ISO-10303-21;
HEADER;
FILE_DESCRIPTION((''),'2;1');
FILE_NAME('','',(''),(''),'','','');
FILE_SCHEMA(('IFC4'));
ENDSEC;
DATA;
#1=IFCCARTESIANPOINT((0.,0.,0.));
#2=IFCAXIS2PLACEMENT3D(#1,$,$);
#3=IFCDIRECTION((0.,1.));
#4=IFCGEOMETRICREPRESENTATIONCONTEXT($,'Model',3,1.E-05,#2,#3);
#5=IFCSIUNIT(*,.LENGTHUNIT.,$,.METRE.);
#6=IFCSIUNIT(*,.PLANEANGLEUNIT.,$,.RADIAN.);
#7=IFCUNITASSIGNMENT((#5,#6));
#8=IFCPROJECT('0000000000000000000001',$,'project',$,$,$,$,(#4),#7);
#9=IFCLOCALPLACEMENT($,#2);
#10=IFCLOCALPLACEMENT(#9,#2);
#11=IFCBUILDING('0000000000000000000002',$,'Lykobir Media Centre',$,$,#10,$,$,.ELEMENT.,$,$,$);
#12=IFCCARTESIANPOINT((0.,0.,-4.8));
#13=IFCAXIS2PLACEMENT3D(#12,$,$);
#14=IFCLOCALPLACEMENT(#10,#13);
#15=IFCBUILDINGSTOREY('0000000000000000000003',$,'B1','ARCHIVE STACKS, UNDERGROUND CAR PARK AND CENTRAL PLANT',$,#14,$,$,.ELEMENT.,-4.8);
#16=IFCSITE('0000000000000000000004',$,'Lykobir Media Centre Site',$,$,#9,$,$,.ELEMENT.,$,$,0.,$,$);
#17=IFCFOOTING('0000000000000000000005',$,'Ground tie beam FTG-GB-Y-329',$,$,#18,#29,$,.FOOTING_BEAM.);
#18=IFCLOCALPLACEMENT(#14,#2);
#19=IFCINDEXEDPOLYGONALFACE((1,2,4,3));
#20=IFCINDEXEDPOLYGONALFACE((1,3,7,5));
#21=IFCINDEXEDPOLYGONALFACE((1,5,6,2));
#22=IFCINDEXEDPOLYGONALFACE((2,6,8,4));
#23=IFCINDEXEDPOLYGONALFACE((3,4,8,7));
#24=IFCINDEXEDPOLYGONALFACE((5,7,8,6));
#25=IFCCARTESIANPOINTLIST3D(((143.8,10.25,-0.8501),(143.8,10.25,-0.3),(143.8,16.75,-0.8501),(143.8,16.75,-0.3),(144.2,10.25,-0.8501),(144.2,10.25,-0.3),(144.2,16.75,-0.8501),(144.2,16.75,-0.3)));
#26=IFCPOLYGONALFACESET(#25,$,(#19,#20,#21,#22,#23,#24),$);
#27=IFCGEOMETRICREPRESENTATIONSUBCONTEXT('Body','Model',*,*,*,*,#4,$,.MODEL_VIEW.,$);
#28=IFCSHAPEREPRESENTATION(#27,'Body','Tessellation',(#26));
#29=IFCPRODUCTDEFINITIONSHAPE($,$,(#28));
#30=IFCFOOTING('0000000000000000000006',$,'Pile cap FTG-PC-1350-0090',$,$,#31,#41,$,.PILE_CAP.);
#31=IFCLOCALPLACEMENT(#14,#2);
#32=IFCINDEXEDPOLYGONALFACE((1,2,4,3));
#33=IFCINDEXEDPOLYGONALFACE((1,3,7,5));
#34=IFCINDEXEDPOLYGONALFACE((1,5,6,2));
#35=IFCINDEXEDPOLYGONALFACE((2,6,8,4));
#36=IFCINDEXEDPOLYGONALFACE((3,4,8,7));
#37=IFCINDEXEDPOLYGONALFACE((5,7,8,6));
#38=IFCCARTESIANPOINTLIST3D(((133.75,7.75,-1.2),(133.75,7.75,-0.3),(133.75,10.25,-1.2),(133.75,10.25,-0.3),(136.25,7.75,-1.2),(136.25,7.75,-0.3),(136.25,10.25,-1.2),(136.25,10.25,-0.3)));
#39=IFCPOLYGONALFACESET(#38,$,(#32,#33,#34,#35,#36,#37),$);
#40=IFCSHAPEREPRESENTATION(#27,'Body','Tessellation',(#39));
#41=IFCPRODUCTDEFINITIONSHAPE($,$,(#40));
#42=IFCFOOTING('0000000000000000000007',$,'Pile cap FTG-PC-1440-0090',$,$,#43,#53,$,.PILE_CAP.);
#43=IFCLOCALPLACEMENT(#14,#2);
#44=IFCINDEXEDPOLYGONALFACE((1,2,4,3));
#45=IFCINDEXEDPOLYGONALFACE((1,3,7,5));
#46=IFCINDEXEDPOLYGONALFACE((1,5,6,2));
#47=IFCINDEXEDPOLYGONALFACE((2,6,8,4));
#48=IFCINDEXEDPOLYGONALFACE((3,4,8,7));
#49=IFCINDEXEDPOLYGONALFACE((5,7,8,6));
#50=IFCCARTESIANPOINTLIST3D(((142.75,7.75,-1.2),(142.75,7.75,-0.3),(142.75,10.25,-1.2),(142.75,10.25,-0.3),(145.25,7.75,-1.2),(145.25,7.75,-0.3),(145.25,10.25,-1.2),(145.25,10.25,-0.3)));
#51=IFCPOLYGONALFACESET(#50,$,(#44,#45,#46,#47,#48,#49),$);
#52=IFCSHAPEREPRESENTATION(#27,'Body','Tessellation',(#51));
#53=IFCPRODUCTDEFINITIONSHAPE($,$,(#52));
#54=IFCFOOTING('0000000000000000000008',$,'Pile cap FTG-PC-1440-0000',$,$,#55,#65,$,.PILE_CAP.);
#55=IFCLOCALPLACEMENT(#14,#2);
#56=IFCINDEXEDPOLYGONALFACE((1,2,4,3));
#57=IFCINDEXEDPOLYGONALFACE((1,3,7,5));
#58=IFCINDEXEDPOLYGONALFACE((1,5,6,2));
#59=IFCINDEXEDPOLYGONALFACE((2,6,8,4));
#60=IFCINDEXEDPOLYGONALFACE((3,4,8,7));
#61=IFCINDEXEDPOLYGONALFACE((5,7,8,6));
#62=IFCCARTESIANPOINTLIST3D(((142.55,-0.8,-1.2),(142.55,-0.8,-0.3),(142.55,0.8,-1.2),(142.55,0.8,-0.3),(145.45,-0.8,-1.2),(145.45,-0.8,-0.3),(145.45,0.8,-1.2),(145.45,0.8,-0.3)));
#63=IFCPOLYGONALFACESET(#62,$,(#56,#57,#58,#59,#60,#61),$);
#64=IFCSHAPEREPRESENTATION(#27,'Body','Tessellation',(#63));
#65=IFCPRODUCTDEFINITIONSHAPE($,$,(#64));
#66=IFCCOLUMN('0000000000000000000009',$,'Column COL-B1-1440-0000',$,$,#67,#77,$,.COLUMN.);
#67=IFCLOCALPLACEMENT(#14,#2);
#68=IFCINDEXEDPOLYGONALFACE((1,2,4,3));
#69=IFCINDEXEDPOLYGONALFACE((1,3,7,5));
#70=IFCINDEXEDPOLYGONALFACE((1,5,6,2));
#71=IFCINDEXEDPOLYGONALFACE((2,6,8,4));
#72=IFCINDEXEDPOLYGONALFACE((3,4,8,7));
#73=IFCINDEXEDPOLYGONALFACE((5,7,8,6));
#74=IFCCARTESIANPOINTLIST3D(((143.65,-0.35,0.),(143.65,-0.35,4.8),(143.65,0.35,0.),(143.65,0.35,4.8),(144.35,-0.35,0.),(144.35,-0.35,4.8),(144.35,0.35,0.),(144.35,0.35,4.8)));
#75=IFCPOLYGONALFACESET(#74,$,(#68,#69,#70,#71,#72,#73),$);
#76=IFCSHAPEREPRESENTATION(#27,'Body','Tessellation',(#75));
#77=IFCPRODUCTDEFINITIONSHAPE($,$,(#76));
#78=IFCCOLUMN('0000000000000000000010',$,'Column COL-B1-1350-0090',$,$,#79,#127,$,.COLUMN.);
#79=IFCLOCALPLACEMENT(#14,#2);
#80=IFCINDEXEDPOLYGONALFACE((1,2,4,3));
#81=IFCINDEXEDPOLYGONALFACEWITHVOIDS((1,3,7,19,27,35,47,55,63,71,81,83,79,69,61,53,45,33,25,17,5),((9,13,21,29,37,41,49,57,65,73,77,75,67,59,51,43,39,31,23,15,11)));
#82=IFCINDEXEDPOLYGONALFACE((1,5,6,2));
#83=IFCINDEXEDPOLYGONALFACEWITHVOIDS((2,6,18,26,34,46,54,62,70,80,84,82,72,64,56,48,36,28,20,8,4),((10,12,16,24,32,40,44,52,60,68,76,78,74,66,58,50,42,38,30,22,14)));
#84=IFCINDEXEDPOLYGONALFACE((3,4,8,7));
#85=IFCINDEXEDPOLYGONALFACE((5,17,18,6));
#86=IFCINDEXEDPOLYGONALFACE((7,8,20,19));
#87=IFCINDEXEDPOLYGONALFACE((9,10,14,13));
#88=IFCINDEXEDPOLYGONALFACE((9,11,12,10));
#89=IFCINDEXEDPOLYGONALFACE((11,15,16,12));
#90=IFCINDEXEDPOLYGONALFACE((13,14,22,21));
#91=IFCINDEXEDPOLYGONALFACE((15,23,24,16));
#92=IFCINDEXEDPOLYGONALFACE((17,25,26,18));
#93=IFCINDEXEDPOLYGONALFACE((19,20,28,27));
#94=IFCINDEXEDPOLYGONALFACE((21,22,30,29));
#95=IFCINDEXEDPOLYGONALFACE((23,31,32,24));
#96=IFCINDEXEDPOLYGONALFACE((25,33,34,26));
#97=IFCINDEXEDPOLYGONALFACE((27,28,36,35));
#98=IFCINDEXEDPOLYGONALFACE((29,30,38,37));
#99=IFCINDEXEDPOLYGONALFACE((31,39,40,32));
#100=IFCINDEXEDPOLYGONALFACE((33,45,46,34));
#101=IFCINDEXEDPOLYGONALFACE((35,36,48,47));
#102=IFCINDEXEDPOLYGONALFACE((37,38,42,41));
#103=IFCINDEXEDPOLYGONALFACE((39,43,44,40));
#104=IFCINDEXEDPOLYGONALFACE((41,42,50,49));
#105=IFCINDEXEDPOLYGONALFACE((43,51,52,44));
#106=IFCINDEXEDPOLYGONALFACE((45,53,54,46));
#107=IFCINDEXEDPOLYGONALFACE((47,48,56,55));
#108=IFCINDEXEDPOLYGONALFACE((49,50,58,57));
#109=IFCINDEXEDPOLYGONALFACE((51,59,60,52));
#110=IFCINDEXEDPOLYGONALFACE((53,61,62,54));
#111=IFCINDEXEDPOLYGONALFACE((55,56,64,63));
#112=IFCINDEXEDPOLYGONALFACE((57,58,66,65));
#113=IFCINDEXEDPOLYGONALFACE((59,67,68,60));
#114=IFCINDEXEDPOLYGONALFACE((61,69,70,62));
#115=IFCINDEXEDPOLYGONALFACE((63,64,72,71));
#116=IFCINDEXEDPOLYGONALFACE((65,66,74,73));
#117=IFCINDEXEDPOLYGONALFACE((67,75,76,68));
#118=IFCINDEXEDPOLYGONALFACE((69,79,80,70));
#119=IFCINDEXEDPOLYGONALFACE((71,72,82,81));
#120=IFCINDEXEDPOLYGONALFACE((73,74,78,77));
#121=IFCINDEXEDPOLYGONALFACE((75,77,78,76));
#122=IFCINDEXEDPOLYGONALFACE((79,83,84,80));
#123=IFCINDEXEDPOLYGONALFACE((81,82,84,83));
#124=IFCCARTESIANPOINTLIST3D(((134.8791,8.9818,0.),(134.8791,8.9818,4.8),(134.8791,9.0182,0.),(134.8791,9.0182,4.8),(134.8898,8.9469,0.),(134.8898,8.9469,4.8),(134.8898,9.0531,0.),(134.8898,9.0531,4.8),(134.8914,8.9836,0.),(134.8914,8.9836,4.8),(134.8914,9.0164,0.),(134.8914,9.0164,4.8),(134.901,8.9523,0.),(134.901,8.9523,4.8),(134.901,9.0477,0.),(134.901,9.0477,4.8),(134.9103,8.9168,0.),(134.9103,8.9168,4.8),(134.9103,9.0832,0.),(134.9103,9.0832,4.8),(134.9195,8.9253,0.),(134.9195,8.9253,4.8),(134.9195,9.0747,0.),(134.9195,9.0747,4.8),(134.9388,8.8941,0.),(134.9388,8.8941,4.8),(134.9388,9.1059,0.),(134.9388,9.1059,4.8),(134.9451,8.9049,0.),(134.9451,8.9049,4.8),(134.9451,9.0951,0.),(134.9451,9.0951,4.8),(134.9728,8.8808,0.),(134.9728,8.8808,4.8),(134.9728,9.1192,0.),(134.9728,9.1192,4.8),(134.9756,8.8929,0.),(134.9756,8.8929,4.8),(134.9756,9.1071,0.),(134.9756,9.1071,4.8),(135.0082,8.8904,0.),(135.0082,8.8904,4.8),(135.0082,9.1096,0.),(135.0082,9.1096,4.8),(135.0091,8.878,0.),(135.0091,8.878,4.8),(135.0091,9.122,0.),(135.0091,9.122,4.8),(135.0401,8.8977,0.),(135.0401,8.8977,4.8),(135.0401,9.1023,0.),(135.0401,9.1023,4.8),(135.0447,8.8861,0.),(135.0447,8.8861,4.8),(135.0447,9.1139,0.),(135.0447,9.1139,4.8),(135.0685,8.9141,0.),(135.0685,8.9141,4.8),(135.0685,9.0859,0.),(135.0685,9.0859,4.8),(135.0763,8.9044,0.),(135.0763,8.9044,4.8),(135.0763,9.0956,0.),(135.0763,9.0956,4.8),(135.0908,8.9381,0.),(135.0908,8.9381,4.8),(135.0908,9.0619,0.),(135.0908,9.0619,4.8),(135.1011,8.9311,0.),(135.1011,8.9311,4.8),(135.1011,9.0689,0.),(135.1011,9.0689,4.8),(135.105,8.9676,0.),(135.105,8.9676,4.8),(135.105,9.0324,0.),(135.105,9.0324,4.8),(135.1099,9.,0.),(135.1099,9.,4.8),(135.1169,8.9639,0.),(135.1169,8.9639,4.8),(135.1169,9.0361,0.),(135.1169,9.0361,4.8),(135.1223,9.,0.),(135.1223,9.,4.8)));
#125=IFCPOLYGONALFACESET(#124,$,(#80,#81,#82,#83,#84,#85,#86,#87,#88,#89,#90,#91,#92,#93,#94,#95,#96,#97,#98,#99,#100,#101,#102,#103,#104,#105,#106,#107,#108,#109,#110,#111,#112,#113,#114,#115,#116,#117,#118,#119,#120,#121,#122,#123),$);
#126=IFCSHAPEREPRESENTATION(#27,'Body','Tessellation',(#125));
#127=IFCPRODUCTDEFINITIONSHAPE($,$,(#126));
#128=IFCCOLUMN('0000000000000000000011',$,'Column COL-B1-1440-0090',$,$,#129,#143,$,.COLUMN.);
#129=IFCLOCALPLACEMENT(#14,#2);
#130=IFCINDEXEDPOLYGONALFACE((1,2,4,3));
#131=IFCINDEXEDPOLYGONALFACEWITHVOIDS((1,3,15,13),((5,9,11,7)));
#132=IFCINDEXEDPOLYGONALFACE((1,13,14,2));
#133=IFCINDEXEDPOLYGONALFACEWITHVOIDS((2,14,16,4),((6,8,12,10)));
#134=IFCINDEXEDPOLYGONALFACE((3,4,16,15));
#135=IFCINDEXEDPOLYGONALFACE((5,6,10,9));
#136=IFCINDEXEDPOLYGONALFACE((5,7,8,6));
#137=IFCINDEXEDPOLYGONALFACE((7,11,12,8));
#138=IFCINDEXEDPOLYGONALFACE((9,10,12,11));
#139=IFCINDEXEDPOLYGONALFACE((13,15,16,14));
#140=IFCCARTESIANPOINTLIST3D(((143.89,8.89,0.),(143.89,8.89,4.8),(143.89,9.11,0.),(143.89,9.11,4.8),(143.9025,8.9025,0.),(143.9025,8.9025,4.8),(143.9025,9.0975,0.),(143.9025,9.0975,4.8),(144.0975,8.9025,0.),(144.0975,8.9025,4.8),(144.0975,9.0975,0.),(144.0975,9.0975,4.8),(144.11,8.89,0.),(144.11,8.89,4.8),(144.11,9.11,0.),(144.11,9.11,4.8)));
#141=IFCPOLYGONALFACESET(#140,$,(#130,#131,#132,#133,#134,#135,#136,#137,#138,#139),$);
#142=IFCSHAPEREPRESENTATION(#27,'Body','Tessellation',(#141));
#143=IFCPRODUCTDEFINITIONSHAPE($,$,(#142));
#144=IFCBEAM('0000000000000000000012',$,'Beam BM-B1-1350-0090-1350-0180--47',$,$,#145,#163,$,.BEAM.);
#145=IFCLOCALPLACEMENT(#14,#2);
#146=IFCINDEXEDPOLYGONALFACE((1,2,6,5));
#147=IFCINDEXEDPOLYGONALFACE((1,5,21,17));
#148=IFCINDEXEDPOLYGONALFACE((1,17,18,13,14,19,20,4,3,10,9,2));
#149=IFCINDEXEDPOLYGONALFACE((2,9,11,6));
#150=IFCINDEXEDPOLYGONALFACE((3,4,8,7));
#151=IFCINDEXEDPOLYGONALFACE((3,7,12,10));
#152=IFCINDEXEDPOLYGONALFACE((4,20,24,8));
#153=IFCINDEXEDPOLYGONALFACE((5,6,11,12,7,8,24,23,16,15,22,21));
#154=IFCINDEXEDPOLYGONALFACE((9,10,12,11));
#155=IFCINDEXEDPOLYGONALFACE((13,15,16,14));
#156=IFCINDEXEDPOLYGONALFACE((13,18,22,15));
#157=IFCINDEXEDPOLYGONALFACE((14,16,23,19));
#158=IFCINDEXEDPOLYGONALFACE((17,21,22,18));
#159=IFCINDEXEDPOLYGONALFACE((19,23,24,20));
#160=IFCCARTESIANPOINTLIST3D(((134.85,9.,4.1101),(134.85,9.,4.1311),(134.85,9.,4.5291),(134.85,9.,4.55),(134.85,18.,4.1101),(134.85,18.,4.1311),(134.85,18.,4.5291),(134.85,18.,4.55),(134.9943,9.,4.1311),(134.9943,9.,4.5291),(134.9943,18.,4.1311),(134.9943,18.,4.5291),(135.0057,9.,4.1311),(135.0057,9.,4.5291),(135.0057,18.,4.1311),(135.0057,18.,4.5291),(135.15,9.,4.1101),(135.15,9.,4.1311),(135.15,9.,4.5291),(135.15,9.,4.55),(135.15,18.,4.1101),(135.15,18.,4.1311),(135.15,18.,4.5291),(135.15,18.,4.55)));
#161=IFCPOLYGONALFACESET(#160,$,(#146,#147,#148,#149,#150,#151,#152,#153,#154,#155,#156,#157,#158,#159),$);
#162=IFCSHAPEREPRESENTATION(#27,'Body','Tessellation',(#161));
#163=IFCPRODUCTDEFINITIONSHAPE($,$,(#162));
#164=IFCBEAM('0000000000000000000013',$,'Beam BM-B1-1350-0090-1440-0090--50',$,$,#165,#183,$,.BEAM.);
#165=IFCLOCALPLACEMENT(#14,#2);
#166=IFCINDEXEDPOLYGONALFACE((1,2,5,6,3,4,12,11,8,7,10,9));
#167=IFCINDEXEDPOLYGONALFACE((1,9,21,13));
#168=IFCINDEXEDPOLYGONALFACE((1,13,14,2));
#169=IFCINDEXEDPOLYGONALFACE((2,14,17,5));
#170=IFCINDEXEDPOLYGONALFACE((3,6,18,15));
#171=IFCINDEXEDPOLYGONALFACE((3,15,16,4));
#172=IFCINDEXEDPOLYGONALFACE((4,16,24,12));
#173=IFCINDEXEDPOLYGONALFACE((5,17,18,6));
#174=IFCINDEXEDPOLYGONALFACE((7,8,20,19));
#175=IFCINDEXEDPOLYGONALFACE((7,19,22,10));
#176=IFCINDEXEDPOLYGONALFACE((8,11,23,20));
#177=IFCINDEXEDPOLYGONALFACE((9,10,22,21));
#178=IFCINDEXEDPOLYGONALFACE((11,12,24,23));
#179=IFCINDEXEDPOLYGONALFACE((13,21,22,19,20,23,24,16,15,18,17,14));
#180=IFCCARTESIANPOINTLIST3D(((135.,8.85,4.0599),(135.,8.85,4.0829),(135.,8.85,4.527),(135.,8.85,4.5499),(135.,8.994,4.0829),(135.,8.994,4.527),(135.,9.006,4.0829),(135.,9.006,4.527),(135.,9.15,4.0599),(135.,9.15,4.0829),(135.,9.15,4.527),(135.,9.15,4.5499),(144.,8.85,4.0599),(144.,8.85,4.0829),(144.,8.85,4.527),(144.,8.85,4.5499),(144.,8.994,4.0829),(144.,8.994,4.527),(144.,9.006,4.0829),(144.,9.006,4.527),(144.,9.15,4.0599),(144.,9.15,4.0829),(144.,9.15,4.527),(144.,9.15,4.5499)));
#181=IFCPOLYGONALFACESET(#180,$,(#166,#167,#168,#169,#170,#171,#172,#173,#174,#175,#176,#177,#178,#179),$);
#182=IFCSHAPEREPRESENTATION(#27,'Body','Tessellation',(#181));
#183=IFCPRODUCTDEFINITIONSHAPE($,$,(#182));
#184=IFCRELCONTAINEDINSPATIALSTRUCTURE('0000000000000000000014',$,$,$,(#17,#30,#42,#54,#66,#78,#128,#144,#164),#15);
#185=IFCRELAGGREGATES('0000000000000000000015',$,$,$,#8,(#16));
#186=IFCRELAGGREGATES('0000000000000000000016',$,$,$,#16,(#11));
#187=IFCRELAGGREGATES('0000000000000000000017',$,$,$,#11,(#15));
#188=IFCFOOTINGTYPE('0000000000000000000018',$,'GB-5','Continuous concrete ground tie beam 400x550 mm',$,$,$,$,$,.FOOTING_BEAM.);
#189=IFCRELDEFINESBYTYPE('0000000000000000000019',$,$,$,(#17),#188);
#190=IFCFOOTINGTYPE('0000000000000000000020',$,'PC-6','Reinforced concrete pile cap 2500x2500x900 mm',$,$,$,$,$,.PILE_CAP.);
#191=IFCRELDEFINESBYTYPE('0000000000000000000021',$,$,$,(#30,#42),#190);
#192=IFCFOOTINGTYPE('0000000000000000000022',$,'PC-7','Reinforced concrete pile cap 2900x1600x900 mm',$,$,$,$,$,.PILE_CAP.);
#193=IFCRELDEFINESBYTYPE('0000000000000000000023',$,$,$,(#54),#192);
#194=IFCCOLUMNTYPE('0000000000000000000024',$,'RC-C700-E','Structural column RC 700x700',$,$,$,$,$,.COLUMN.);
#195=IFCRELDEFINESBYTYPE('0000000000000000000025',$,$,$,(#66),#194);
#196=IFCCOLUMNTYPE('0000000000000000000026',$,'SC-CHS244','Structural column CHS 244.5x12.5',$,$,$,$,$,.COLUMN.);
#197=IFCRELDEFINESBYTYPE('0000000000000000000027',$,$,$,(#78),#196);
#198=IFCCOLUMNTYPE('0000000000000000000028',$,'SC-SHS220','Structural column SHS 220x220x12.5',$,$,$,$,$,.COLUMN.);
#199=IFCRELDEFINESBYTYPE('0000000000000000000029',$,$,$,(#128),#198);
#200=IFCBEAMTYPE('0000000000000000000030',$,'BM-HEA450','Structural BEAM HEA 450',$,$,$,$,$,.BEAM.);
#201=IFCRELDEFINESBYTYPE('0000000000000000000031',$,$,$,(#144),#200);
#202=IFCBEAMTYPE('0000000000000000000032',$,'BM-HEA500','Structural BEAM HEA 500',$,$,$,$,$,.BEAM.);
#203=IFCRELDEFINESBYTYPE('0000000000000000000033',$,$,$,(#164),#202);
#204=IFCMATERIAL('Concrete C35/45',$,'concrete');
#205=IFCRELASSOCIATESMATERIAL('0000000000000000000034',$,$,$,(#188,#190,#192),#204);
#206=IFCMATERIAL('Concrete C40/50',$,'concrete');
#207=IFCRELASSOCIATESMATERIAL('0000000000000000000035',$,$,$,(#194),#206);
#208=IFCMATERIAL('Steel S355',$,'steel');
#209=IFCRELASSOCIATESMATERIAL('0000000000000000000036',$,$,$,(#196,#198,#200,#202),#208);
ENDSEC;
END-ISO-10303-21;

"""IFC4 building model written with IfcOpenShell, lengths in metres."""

from ifc_helpers import new_model, si_unit, direction, frame, origin, origin_2d, place, context, subcontext, project, spatial, rectangle, hollow_rectangle, hollow_circle, i_section, extrude, material, material_profile, profile_set, type_object, element, save


model = new_model("IFC4")

# Units and contexts
model_context = context("Model", 3, precision=1e-05, world=origin(), true_north=direction((0.0, 1.0)))
body_context = subcontext(model_context, "Body", "Model", "MODEL_VIEW")
ifc_project = project(units=[si_unit("LENGTHUNIT", "METRE"), si_unit("PLANEANGLEUNIT", "RADIAN")], contexts=[model_context])

# Site, building, storey
site_placement = place(None, origin())
site = spatial("IfcSite", under=ifc_project, at=site_placement, Name="Lykobir Media Centre Site", CompositionType="ELEMENT", RefElevation=0.0)
building_placement = place(site_placement, origin())
building = spatial("IfcBuilding", under=site, at=building_placement, Name="Lykobir Media Centre", CompositionType="ELEMENT")
storey_placement = place(building_placement, frame((0.0, 0.0, -4.8)))
storey = spatial("IfcBuildingStorey", under=building, at=storey_placement, Name="B1", Description="ARCHIVE STACKS, UNDERGROUND CAR PARK AND CENTRAL PLANT", CompositionType="ELEMENT", Elevation=-4.8)

# Footings
ifc_material_1 = material(Name="Concrete C35/45", Category="concrete")
footing_type_1 = type_object("IfcFootingType", Name="GB-5", Description="Continuous concrete ground tie beam 400x550 mm", PredefinedType="FOOTING_BEAM", material=ifc_material_1)
for number, where, z_axis, x_axis, name in (
    (1, (144.0, 13.5, -0.8501), (0.0, 0.0, 1.0), (0.0, 1.0, 0.0), "Ground tie beam FTG-GB-Y-329"),
):
    element("IfcFooting", number, at=place(storey_placement, frame(where, z_axis=z_axis, x_axis=x_axis)), inside=storey, type_object=footing_type_1, Name=name, PredefinedType="FOOTING_BEAM", context=body_context, shape_type="SweptSolid", body=[
        extrude(rectangle(XDim=6.5, YDim=0.3999, at=origin_2d()), origin(), (0.0, 0.0, 1.0), 0.55),
    ])
footing_type_2 = type_object("IfcFootingType", Name="PC-6", Description="Reinforced concrete pile cap 2500x2500x900 mm", PredefinedType="PILE_CAP", material=ifc_material_1)
for number, where, z_axis, x_axis, name in (
    (2, (135.0, 9.0, -1.2), (0.0, 0.0, 1.0), (1.0, 0.0, 0.0), "Pile cap FTG-PC-1350-0090"),
    (3, (144.0, 9.0, -1.2), (0.0, 0.0, 1.0), (1.0, 0.0, 0.0), "Pile cap FTG-PC-1440-0090"),
):
    element("IfcFooting", number, at=place(storey_placement, frame(where, z_axis=z_axis, x_axis=x_axis)), inside=storey, type_object=footing_type_2, Name=name, PredefinedType="PILE_CAP", context=body_context, shape_type="SweptSolid", body=[
        extrude(rectangle(XDim=2.5, YDim=2.5, at=origin_2d()), origin(), (0.0, 0.0, 1.0), 0.8999),
    ])
footing_type_3 = type_object("IfcFootingType", Name="PC-7", Description="Reinforced concrete pile cap 2900x1600x900 mm", PredefinedType="PILE_CAP", material=ifc_material_1)
footing_1_placement = place(storey_placement, frame((144.0, 0.0, -1.2), z_axis=(0.0, 0.0, 1.0), x_axis=(1.0, 0.0, 0.0)))
element("IfcFooting", 4, at=footing_1_placement, inside=storey, type_object=footing_type_3, Name="Pile cap FTG-PC-1440-0000", PredefinedType="PILE_CAP", context=body_context, shape_type="SweptSolid", body=[
    extrude(rectangle(XDim=2.8999, YDim=1.6001, at=origin_2d()), origin(), (0.0, 0.0, 1.0), 0.8999),
])

# Columns
ifc_material_2 = material(Name="Concrete C40/50", Category="concrete")
ifc_material_profile_1 = material_profile(ifc_material_2, rectangle(XDim=0.7, YDim=0.7, at=origin_2d()), Name="RC 700x700")
ifc_profile_set_1 = profile_set([ifc_material_profile_1], Name="Concrete C40/50")
column_type_1 = type_object("IfcColumnType", Name="RC-C700-E", Description="Structural column RC 700x700", PredefinedType="COLUMN", material=ifc_profile_set_1)
column_1_placement = place(storey_placement, frame((144.0, 0.0, 0.0), z_axis=(0.0, 0.0, 1.0), x_axis=(1.0, 0.0, 0.0)))
element("IfcColumn", 5, at=column_1_placement, inside=storey, type_object=column_type_1, Name="Column COL-B1-1440-0000", PredefinedType="COLUMN", context=body_context, shape_type="SweptSolid", body=[
    extrude(rectangle(XDim=0.7, YDim=0.7, at=origin_2d()), origin(), (0.0, 0.0, 1.0), 4.8),
])
ifc_material_3 = material(Name="Steel S355", Category="steel")
ifc_material_profile_2 = material_profile(ifc_material_3, hollow_circle(Radius=0.1223, WallThickness=0.0125, at=origin_2d()), Name="CHS 244.5x12.5")
ifc_profile_set_2 = profile_set([ifc_material_profile_2], Name="Steel S355")
column_type_2 = type_object("IfcColumnType", Name="SC-CHS244", Description="Structural column CHS 244.5x12.5", PredefinedType="COLUMN", material=ifc_profile_set_2)
column_2_placement = place(storey_placement, frame((135.0, 9.0, 0.0), z_axis=(0.0, 0.0, 1.0), x_axis=(1.0, 0.0, 0.0)))
element("IfcColumn", 6, at=column_2_placement, inside=storey, type_object=column_type_2, Name="Column COL-B1-1350-0090", PredefinedType="COLUMN", context=body_context, shape_type="SweptSolid", body=[
    extrude(hollow_circle(Radius=0.1223, WallThickness=0.0125, at=origin_2d()), origin(), (0.0, 0.0, 1.0), 4.8),
])
ifc_material_profile_3 = material_profile(ifc_material_3, hollow_rectangle(XDim=0.22, YDim=0.22, WallThickness=0.0125, at=origin_2d()), Name="SHS 220x220x12.5")
ifc_profile_set_3 = profile_set([ifc_material_profile_3], Name="Steel S355")
column_type_3 = type_object("IfcColumnType", Name="SC-SHS220", Description="Structural column SHS 220x220x12.5", PredefinedType="COLUMN", material=ifc_profile_set_3)
column_3_placement = place(storey_placement, frame((144.0, 9.0, 0.0), z_axis=(0.0, 0.0, 1.0), x_axis=(1.0, 0.0, 0.0)))
element("IfcColumn", 7, at=column_3_placement, inside=storey, type_object=column_type_3, Name="Column COL-B1-1440-0090", PredefinedType="COLUMN", context=body_context, shape_type="SweptSolid", body=[
    extrude(hollow_rectangle(XDim=0.22, YDim=0.22, WallThickness=0.0125, at=origin_2d()), origin(), (0.0, 0.0, 1.0), 4.8),
])

# Beams
ifc_material_profile_4 = material_profile(ifc_material_3, i_section(OverallWidth=0.3, OverallDepth=0.4399, WebThickness=0.0115, FlangeThickness=0.021, at=origin_2d()), Name="HEA 450")
ifc_profile_set_4 = profile_set([ifc_material_profile_4], Name="Steel S355")
beam_type_1 = type_object("IfcBeamType", Name="BM-HEA450", Description="Structural BEAM HEA 450", PredefinedType="BEAM", material=ifc_profile_set_4)
beam_1_placement = place(storey_placement, frame((135.0, 9.0, 4.3301), z_axis=(0.0, 1.0, 0.0), x_axis=(-1.0, 0.0, 0.0)))
element("IfcBeam", 8, at=beam_1_placement, inside=storey, type_object=beam_type_1, Name="Beam BM-B1-1350-0090-1350-0180--47", PredefinedType="BEAM", context=body_context, shape_type="SweptSolid", body=[
    extrude(i_section(OverallWidth=0.3, OverallDepth=0.4399, WebThickness=0.0115, FlangeThickness=0.021, at=origin_2d()), origin(), (0.0, 0.0, 1.0), 9.0),
])
ifc_material_profile_5 = material_profile(ifc_material_3, i_section(OverallWidth=0.3, OverallDepth=0.49, WebThickness=0.012, FlangeThickness=0.0229, at=origin_2d()), Name="HEA 500")
ifc_profile_set_5 = profile_set([ifc_material_profile_5], Name="Steel S355")
beam_type_2 = type_object("IfcBeamType", Name="BM-HEA500", Description="Structural BEAM HEA 500", PredefinedType="BEAM", material=ifc_profile_set_5)
beam_2_placement = place(storey_placement, frame((135.0, 9.0, 4.3049), z_axis=(1.0, 0.0, 0.0), x_axis=(0.0, 1.0, 0.0)))
element("IfcBeam", 9, at=beam_2_placement, inside=storey, type_object=beam_type_2, Name="Beam BM-B1-1350-0090-1440-0090--50", PredefinedType="BEAM", context=body_context, shape_type="SweptSolid", body=[
    extrude(i_section(OverallWidth=0.3, OverallDepth=0.49, WebThickness=0.012, FlangeThickness=0.0229, at=origin_2d()), origin(), (0.0, 0.0, 1.0), 9.0),
])

save(model, "model.ifc")
